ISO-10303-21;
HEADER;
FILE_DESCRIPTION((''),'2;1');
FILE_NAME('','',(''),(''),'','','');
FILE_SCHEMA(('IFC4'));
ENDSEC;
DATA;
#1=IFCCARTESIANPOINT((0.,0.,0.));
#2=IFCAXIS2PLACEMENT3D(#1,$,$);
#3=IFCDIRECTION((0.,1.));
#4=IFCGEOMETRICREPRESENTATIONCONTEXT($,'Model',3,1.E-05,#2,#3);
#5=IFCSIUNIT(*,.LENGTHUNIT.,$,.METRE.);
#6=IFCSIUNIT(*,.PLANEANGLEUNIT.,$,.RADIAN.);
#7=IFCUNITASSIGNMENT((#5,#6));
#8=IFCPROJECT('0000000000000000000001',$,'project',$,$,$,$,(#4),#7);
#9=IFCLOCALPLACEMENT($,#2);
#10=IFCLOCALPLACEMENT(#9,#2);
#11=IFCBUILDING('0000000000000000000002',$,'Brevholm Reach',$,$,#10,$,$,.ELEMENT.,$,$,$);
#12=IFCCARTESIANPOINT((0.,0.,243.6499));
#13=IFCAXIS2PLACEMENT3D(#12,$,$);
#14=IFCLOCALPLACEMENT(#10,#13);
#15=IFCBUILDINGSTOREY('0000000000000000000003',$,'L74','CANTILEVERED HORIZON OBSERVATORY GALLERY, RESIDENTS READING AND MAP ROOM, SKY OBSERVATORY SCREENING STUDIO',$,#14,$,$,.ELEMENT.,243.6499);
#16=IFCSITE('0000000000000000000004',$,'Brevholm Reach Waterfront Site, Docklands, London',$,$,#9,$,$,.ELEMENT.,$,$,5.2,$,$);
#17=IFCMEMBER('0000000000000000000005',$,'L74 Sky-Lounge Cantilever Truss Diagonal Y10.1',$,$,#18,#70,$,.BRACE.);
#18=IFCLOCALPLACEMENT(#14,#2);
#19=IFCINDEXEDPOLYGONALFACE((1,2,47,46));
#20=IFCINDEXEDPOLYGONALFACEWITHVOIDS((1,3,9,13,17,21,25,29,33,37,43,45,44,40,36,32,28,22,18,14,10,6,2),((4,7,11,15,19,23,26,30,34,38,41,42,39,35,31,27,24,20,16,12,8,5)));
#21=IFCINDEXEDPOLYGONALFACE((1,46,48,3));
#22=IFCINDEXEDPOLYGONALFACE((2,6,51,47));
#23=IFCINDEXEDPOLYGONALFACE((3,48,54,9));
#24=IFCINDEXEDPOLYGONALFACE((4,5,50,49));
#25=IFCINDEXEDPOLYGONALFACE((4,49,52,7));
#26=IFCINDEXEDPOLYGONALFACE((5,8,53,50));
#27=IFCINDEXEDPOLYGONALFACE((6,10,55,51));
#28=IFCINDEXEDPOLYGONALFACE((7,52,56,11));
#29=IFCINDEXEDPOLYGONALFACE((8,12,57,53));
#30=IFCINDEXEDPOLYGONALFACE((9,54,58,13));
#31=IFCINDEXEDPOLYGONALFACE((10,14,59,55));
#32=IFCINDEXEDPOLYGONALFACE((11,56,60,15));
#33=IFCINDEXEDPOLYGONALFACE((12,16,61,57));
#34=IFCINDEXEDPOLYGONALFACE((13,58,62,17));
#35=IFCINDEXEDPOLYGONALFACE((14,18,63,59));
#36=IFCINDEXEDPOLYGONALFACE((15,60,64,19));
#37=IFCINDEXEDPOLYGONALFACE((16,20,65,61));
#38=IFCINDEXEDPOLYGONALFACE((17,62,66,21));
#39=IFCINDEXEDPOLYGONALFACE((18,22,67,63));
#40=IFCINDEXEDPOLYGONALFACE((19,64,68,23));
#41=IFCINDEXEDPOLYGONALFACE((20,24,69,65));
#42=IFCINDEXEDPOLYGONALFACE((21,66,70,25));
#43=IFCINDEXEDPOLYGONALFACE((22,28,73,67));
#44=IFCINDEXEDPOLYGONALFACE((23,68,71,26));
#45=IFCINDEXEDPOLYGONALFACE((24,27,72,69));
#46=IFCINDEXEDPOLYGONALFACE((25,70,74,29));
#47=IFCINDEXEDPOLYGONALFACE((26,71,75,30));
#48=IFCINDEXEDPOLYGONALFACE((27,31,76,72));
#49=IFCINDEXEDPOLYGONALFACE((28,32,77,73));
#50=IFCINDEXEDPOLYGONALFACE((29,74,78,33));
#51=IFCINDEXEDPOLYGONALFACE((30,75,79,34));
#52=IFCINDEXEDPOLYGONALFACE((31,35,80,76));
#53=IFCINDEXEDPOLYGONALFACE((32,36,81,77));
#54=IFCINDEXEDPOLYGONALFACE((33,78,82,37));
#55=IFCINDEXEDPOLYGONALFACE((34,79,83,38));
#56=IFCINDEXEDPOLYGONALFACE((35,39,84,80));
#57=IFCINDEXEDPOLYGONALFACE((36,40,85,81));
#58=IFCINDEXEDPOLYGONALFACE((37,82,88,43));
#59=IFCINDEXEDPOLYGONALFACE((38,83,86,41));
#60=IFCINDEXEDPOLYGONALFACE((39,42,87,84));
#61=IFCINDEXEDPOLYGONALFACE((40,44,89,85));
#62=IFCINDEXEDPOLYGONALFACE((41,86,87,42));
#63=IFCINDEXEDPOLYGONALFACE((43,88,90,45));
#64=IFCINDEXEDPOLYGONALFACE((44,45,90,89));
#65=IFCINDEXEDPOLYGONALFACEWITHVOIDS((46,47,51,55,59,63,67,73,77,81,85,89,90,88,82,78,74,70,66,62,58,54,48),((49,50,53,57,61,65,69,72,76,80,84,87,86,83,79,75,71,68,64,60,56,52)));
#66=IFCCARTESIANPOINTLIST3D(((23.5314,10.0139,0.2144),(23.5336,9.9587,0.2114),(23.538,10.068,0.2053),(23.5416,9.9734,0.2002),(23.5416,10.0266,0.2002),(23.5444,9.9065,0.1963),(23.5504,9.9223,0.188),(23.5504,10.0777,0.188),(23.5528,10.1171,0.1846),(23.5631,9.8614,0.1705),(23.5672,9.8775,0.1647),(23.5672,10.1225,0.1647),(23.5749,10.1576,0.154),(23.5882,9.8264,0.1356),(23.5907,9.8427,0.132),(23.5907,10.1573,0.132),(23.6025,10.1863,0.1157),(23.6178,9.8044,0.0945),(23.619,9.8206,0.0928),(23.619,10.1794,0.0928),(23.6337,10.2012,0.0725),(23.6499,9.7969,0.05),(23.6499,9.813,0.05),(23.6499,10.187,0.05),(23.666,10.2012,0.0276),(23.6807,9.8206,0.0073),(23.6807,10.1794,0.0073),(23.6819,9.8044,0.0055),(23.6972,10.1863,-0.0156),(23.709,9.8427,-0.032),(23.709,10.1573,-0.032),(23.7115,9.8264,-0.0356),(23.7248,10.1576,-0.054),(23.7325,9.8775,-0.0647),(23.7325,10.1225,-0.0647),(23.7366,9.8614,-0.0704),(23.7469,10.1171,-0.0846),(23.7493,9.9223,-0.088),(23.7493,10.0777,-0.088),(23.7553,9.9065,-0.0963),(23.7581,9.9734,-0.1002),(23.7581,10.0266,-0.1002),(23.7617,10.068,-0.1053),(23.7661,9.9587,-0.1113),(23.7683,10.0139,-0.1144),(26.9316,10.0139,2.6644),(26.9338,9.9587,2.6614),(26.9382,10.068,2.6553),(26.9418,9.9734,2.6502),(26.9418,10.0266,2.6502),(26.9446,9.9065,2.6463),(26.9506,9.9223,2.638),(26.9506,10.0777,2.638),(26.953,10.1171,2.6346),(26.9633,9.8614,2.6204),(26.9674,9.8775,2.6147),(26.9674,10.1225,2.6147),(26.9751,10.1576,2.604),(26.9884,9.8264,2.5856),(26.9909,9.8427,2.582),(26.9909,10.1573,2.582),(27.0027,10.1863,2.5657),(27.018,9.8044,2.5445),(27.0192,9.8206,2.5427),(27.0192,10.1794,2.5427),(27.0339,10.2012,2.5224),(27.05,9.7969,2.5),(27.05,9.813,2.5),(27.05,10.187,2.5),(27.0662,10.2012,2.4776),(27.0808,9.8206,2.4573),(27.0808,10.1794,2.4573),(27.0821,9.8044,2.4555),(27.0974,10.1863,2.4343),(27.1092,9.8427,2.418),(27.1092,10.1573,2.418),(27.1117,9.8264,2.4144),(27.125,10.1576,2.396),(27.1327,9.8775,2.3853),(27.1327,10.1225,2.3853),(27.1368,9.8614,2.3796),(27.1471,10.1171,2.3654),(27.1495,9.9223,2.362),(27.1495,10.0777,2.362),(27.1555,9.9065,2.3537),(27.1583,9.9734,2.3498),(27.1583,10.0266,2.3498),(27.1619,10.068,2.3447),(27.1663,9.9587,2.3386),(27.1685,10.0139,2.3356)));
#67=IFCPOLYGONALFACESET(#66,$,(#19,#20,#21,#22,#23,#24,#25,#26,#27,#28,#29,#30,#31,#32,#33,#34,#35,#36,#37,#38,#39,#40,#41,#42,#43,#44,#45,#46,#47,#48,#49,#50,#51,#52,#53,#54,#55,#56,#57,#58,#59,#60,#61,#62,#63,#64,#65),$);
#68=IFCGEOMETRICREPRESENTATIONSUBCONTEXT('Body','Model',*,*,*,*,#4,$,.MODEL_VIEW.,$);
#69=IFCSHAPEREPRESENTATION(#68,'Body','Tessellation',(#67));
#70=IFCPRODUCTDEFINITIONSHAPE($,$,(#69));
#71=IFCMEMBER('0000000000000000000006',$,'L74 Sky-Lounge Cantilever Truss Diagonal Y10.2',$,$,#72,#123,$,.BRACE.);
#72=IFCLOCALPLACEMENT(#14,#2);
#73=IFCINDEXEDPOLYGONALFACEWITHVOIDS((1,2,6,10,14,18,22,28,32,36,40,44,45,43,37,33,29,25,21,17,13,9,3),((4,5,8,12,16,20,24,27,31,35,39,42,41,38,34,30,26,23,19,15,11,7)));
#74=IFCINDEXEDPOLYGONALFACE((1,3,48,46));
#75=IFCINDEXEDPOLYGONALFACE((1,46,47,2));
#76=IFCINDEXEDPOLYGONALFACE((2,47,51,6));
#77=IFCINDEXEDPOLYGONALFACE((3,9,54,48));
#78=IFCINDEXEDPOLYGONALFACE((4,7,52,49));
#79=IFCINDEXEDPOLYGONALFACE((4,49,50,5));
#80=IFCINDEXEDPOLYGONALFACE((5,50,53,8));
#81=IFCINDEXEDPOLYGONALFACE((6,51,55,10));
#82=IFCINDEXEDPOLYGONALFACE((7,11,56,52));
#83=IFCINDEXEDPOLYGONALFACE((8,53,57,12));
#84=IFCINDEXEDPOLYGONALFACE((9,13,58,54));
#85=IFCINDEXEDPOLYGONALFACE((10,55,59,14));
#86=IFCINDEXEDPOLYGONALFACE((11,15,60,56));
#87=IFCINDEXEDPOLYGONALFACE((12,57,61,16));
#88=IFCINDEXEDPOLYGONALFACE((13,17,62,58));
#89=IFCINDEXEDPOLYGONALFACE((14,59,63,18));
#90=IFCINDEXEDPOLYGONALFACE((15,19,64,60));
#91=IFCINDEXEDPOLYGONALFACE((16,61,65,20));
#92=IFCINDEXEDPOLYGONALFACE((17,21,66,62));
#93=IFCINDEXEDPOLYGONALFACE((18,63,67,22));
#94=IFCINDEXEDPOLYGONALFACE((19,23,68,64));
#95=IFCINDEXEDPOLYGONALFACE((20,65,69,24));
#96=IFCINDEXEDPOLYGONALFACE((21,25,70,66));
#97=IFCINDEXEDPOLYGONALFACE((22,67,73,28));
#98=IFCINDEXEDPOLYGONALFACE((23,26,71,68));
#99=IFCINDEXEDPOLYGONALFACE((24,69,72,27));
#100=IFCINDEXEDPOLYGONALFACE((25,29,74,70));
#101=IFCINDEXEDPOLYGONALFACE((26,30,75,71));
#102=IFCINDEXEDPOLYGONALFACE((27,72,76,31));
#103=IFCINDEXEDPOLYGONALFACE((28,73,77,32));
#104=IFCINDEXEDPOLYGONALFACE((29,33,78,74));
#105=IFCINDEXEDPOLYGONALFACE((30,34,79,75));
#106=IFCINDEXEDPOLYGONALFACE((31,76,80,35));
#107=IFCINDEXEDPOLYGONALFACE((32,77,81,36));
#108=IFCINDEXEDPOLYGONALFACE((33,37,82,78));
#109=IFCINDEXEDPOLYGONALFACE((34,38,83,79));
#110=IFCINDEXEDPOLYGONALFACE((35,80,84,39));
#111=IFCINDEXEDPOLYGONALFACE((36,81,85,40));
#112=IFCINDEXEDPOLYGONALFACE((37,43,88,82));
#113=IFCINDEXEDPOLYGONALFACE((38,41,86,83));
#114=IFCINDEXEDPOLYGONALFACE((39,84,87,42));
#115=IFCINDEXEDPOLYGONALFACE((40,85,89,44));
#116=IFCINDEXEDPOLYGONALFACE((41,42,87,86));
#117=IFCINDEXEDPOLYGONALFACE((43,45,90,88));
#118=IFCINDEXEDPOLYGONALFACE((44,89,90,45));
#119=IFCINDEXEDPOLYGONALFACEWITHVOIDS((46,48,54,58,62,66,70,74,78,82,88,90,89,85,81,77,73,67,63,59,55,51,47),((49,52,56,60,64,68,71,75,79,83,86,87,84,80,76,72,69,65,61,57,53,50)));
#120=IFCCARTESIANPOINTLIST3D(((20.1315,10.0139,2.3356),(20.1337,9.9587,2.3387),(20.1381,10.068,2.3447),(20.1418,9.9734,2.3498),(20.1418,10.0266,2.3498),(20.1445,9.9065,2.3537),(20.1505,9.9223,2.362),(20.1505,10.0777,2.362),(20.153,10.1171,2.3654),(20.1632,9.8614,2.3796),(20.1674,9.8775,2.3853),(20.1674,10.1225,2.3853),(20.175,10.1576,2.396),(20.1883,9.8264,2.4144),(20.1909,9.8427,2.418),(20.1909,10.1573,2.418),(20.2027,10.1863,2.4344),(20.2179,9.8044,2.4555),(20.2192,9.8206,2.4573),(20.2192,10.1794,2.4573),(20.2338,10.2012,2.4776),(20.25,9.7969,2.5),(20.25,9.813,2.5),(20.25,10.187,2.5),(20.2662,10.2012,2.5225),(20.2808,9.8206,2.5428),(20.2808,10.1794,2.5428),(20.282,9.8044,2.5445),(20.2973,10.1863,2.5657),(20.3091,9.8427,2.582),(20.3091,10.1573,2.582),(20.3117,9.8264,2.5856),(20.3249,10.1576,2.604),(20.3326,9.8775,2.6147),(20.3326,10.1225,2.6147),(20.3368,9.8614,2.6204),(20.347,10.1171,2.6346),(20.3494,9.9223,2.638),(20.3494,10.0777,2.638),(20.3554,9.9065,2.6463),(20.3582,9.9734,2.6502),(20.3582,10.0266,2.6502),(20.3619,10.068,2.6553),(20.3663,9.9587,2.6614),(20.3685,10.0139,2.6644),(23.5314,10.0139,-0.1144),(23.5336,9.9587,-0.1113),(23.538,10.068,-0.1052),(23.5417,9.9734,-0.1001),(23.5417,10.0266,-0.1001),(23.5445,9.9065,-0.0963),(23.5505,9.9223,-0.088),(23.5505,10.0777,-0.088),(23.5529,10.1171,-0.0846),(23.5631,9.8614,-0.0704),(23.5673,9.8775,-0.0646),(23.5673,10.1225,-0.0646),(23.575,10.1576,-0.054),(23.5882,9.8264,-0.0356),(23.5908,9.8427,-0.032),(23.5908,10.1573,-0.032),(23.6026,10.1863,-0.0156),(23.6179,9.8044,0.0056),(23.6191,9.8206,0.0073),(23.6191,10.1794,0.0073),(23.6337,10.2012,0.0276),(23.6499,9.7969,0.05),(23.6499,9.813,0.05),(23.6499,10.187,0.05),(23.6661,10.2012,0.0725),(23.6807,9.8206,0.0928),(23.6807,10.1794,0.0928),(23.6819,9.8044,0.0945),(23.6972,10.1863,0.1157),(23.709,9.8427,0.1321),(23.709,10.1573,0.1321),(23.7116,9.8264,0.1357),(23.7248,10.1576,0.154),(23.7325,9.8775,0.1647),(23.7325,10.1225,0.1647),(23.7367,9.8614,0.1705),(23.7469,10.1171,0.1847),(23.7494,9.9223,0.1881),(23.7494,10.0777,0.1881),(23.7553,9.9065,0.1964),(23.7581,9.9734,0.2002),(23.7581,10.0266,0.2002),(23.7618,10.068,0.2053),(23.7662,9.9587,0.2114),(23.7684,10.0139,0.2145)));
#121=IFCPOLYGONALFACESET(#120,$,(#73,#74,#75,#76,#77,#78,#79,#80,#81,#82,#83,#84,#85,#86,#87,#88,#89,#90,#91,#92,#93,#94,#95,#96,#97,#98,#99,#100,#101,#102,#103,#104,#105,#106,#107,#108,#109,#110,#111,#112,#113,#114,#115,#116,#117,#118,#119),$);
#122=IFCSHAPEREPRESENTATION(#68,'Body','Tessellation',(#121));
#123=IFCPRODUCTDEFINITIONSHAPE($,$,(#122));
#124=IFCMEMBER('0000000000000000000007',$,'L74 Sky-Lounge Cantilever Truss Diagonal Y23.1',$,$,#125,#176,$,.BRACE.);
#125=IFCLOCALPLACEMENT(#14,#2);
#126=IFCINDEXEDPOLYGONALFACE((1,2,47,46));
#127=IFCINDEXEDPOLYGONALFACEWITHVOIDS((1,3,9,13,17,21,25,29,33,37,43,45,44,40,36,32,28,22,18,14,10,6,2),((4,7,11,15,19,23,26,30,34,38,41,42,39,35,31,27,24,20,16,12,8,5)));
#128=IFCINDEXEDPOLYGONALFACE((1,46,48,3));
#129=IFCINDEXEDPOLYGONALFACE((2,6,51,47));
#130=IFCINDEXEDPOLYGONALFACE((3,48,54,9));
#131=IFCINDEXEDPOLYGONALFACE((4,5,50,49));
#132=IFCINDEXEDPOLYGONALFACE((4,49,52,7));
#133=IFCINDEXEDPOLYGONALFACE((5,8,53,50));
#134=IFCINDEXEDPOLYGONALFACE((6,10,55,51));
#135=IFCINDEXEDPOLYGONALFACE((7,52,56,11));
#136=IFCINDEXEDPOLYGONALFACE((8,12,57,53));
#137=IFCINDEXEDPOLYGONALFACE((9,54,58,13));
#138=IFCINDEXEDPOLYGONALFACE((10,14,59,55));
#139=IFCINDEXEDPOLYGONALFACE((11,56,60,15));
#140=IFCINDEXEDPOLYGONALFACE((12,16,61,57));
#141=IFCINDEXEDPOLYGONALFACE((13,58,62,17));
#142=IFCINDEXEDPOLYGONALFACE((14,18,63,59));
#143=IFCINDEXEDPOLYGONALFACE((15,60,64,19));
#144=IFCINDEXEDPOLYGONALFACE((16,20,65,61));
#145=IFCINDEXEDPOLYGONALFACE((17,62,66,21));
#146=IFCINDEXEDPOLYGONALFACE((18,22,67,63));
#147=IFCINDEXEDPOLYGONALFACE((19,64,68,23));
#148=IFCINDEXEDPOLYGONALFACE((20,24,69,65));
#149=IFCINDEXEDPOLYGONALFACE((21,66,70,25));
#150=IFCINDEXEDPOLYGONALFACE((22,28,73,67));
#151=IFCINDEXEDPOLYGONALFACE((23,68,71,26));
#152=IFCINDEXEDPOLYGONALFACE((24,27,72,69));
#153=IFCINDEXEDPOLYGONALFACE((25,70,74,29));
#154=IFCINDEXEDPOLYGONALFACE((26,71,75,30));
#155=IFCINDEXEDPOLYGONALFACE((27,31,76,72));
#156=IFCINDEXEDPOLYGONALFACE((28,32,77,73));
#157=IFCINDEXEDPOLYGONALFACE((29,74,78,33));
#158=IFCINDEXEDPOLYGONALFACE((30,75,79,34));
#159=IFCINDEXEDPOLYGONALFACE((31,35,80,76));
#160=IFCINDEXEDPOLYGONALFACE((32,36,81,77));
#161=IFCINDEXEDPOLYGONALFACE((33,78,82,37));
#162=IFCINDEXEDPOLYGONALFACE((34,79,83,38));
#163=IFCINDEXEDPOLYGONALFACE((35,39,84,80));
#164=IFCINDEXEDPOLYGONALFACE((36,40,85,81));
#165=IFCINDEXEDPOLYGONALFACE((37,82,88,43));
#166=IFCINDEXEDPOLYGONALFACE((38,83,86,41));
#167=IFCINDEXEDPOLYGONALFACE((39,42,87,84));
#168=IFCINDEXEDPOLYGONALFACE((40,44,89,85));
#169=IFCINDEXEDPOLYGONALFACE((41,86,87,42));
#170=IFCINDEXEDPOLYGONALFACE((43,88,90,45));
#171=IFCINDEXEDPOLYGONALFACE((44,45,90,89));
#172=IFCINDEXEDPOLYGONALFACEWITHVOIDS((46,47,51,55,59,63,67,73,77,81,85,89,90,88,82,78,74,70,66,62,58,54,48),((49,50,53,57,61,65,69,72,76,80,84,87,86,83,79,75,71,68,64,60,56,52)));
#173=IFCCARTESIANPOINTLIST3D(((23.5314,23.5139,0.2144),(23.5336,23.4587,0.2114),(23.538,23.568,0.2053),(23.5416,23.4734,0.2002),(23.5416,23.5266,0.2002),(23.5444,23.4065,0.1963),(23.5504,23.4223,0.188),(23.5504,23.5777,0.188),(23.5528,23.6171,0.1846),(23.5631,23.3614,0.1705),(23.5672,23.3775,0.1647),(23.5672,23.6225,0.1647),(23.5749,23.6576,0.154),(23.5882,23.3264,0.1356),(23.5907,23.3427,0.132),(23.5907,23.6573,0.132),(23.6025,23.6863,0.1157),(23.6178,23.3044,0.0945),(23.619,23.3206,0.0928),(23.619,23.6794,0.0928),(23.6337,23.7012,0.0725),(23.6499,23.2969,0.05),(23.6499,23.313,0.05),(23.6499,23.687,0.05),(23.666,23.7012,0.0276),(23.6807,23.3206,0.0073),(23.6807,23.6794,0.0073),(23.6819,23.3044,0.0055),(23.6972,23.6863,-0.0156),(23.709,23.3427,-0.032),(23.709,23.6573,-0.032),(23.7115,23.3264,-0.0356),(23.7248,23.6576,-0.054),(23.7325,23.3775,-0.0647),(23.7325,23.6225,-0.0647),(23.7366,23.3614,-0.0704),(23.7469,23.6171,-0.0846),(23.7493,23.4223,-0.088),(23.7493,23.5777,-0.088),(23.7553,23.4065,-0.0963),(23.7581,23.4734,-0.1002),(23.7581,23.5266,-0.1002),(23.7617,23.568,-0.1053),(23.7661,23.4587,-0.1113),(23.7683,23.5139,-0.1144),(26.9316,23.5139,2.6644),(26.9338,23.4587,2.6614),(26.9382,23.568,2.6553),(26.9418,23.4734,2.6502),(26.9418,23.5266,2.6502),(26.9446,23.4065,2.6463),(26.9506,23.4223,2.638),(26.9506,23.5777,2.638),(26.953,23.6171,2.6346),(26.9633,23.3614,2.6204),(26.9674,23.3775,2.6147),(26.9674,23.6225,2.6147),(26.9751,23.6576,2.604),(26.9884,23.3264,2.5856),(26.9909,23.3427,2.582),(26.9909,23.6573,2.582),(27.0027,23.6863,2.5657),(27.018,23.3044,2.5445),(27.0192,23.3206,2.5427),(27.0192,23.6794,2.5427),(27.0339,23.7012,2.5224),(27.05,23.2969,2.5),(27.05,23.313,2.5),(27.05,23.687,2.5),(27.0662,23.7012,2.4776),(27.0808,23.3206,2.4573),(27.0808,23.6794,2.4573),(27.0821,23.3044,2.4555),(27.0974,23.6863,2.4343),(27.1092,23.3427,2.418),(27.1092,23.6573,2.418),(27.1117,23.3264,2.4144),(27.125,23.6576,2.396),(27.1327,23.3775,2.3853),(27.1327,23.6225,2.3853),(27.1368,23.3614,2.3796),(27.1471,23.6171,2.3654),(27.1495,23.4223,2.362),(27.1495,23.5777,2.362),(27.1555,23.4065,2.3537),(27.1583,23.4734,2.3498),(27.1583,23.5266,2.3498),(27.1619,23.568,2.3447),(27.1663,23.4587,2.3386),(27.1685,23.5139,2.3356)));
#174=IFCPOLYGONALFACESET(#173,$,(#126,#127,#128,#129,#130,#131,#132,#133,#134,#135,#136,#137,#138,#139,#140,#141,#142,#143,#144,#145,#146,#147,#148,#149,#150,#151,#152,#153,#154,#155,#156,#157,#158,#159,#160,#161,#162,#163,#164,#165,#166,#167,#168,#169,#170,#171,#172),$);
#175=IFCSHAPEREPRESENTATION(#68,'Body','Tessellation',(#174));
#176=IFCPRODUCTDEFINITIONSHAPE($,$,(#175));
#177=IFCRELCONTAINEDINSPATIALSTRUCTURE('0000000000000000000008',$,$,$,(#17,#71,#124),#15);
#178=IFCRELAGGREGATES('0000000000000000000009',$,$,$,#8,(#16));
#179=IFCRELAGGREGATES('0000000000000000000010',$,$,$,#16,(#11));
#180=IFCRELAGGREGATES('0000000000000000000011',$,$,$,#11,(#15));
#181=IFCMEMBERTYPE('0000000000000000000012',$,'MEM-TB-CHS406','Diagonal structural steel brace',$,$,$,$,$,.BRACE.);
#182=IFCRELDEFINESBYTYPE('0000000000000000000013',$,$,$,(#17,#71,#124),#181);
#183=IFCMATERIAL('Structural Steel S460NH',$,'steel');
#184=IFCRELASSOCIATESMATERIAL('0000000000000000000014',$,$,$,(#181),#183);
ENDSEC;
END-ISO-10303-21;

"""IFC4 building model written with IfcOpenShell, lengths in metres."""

from ifc_helpers import new_model, si_unit, direction, frame, origin, origin_2d, place, context, subcontext, project, spatial, hollow_circle, extrude, material, material_profile, profile_set, type_object, element, save


model = new_model("IFC4")

# Units and contexts
model_context = context("Model", 3, precision=1e-05, world=origin(), true_north=direction((0.0, 1.0)))
body_context = subcontext(model_context, "Body", "Model", "MODEL_VIEW")
ifc_project = project(units=[si_unit("LENGTHUNIT", "METRE"), si_unit("PLANEANGLEUNIT", "RADIAN")], contexts=[model_context])

# Site, building, storey
site_placement = place(None, origin())
site = spatial("IfcSite", under=ifc_project, at=site_placement, Name="Brevholm Reach Waterfront Site, Docklands, London", CompositionType="ELEMENT", RefElevation=5.2)
building_placement = place(site_placement, origin())
building = spatial("IfcBuilding", under=site, at=building_placement, Name="Brevholm Reach", CompositionType="ELEMENT")
storey_placement = place(building_placement, frame((0.0, 0.0, 243.6499)))
storey = spatial("IfcBuildingStorey", under=building, at=storey_placement, Name="L74", Description="CANTILEVERED HORIZON OBSERVATORY GALLERY, RESIDENTS READING AND MAP ROOM, SKY OBSERVATORY SCREENING STUDIO", CompositionType="ELEMENT", Elevation=243.6499)

# Members
ifc_material_1 = material(Name="Structural Steel S460NH", Category="steel")
ifc_material_profile_1 = material_profile(ifc_material_1, hollow_circle(Radius=0.2031, WallThickness=0.0161, at=origin_2d()), Name="CHS 406.4x16")
ifc_profile_set_1 = profile_set([ifc_material_profile_1], Name="Structural Steel S460NH")
member_type_1 = type_object("IfcMemberType", Name="MEM-TB-CHS406", Description="Diagonal structural steel brace", PredefinedType="BRACE", material=ifc_profile_set_1)
member_1_placement = place(storey_placement, frame((27.05, 10.0, 2.5), z_axis=(-0.811325, 0.0, -0.584595), x_axis=(0.0, -1.0, 0.0)))
element("IfcMember", 1, at=member_1_placement, inside=storey, type_object=member_type_1, Name="L74 Sky-Lounge Cantilever Truss Diagonal Y10.1", PredefinedType="BRACE", context=body_context, shape_type="SweptSolid", body=[
    extrude(hollow_circle(Radius=0.2031, WallThickness=0.0161, at=origin_2d()), origin(), (0.0, 0.0, 1.0), 4.1909),
])
member_2_placement = place(storey_placement, frame((23.6499, 10.0, 0.05), z_axis=(-0.811306, 0.0, 0.584622), x_axis=(0.0, -1.0, 0.0)))
element("IfcMember", 2, at=member_2_placement, inside=storey, type_object=member_type_1, Name="L74 Sky-Lounge Cantilever Truss Diagonal Y10.2", PredefinedType="BRACE", context=body_context, shape_type="SweptSolid", body=[
    extrude(hollow_circle(Radius=0.2031, WallThickness=0.0161, at=origin_2d()), origin(), (0.0, 0.0, 1.0), 4.1907),
])
member_3_placement = place(storey_placement, frame((27.05, 23.5, 2.5), z_axis=(-0.811325, 0.0, -0.584595), x_axis=(0.0, -1.0, 0.0)))
element("IfcMember", 3, at=member_3_placement, inside=storey, type_object=member_type_1, Name="L74 Sky-Lounge Cantilever Truss Diagonal Y23.1", PredefinedType="BRACE", context=body_context, shape_type="SweptSolid", body=[
    extrude(hollow_circle(Radius=0.2031, WallThickness=0.0161, at=origin_2d()), origin(), (0.0, 0.0, 1.0), 4.1909),
])

save(model, "model.ifc")
